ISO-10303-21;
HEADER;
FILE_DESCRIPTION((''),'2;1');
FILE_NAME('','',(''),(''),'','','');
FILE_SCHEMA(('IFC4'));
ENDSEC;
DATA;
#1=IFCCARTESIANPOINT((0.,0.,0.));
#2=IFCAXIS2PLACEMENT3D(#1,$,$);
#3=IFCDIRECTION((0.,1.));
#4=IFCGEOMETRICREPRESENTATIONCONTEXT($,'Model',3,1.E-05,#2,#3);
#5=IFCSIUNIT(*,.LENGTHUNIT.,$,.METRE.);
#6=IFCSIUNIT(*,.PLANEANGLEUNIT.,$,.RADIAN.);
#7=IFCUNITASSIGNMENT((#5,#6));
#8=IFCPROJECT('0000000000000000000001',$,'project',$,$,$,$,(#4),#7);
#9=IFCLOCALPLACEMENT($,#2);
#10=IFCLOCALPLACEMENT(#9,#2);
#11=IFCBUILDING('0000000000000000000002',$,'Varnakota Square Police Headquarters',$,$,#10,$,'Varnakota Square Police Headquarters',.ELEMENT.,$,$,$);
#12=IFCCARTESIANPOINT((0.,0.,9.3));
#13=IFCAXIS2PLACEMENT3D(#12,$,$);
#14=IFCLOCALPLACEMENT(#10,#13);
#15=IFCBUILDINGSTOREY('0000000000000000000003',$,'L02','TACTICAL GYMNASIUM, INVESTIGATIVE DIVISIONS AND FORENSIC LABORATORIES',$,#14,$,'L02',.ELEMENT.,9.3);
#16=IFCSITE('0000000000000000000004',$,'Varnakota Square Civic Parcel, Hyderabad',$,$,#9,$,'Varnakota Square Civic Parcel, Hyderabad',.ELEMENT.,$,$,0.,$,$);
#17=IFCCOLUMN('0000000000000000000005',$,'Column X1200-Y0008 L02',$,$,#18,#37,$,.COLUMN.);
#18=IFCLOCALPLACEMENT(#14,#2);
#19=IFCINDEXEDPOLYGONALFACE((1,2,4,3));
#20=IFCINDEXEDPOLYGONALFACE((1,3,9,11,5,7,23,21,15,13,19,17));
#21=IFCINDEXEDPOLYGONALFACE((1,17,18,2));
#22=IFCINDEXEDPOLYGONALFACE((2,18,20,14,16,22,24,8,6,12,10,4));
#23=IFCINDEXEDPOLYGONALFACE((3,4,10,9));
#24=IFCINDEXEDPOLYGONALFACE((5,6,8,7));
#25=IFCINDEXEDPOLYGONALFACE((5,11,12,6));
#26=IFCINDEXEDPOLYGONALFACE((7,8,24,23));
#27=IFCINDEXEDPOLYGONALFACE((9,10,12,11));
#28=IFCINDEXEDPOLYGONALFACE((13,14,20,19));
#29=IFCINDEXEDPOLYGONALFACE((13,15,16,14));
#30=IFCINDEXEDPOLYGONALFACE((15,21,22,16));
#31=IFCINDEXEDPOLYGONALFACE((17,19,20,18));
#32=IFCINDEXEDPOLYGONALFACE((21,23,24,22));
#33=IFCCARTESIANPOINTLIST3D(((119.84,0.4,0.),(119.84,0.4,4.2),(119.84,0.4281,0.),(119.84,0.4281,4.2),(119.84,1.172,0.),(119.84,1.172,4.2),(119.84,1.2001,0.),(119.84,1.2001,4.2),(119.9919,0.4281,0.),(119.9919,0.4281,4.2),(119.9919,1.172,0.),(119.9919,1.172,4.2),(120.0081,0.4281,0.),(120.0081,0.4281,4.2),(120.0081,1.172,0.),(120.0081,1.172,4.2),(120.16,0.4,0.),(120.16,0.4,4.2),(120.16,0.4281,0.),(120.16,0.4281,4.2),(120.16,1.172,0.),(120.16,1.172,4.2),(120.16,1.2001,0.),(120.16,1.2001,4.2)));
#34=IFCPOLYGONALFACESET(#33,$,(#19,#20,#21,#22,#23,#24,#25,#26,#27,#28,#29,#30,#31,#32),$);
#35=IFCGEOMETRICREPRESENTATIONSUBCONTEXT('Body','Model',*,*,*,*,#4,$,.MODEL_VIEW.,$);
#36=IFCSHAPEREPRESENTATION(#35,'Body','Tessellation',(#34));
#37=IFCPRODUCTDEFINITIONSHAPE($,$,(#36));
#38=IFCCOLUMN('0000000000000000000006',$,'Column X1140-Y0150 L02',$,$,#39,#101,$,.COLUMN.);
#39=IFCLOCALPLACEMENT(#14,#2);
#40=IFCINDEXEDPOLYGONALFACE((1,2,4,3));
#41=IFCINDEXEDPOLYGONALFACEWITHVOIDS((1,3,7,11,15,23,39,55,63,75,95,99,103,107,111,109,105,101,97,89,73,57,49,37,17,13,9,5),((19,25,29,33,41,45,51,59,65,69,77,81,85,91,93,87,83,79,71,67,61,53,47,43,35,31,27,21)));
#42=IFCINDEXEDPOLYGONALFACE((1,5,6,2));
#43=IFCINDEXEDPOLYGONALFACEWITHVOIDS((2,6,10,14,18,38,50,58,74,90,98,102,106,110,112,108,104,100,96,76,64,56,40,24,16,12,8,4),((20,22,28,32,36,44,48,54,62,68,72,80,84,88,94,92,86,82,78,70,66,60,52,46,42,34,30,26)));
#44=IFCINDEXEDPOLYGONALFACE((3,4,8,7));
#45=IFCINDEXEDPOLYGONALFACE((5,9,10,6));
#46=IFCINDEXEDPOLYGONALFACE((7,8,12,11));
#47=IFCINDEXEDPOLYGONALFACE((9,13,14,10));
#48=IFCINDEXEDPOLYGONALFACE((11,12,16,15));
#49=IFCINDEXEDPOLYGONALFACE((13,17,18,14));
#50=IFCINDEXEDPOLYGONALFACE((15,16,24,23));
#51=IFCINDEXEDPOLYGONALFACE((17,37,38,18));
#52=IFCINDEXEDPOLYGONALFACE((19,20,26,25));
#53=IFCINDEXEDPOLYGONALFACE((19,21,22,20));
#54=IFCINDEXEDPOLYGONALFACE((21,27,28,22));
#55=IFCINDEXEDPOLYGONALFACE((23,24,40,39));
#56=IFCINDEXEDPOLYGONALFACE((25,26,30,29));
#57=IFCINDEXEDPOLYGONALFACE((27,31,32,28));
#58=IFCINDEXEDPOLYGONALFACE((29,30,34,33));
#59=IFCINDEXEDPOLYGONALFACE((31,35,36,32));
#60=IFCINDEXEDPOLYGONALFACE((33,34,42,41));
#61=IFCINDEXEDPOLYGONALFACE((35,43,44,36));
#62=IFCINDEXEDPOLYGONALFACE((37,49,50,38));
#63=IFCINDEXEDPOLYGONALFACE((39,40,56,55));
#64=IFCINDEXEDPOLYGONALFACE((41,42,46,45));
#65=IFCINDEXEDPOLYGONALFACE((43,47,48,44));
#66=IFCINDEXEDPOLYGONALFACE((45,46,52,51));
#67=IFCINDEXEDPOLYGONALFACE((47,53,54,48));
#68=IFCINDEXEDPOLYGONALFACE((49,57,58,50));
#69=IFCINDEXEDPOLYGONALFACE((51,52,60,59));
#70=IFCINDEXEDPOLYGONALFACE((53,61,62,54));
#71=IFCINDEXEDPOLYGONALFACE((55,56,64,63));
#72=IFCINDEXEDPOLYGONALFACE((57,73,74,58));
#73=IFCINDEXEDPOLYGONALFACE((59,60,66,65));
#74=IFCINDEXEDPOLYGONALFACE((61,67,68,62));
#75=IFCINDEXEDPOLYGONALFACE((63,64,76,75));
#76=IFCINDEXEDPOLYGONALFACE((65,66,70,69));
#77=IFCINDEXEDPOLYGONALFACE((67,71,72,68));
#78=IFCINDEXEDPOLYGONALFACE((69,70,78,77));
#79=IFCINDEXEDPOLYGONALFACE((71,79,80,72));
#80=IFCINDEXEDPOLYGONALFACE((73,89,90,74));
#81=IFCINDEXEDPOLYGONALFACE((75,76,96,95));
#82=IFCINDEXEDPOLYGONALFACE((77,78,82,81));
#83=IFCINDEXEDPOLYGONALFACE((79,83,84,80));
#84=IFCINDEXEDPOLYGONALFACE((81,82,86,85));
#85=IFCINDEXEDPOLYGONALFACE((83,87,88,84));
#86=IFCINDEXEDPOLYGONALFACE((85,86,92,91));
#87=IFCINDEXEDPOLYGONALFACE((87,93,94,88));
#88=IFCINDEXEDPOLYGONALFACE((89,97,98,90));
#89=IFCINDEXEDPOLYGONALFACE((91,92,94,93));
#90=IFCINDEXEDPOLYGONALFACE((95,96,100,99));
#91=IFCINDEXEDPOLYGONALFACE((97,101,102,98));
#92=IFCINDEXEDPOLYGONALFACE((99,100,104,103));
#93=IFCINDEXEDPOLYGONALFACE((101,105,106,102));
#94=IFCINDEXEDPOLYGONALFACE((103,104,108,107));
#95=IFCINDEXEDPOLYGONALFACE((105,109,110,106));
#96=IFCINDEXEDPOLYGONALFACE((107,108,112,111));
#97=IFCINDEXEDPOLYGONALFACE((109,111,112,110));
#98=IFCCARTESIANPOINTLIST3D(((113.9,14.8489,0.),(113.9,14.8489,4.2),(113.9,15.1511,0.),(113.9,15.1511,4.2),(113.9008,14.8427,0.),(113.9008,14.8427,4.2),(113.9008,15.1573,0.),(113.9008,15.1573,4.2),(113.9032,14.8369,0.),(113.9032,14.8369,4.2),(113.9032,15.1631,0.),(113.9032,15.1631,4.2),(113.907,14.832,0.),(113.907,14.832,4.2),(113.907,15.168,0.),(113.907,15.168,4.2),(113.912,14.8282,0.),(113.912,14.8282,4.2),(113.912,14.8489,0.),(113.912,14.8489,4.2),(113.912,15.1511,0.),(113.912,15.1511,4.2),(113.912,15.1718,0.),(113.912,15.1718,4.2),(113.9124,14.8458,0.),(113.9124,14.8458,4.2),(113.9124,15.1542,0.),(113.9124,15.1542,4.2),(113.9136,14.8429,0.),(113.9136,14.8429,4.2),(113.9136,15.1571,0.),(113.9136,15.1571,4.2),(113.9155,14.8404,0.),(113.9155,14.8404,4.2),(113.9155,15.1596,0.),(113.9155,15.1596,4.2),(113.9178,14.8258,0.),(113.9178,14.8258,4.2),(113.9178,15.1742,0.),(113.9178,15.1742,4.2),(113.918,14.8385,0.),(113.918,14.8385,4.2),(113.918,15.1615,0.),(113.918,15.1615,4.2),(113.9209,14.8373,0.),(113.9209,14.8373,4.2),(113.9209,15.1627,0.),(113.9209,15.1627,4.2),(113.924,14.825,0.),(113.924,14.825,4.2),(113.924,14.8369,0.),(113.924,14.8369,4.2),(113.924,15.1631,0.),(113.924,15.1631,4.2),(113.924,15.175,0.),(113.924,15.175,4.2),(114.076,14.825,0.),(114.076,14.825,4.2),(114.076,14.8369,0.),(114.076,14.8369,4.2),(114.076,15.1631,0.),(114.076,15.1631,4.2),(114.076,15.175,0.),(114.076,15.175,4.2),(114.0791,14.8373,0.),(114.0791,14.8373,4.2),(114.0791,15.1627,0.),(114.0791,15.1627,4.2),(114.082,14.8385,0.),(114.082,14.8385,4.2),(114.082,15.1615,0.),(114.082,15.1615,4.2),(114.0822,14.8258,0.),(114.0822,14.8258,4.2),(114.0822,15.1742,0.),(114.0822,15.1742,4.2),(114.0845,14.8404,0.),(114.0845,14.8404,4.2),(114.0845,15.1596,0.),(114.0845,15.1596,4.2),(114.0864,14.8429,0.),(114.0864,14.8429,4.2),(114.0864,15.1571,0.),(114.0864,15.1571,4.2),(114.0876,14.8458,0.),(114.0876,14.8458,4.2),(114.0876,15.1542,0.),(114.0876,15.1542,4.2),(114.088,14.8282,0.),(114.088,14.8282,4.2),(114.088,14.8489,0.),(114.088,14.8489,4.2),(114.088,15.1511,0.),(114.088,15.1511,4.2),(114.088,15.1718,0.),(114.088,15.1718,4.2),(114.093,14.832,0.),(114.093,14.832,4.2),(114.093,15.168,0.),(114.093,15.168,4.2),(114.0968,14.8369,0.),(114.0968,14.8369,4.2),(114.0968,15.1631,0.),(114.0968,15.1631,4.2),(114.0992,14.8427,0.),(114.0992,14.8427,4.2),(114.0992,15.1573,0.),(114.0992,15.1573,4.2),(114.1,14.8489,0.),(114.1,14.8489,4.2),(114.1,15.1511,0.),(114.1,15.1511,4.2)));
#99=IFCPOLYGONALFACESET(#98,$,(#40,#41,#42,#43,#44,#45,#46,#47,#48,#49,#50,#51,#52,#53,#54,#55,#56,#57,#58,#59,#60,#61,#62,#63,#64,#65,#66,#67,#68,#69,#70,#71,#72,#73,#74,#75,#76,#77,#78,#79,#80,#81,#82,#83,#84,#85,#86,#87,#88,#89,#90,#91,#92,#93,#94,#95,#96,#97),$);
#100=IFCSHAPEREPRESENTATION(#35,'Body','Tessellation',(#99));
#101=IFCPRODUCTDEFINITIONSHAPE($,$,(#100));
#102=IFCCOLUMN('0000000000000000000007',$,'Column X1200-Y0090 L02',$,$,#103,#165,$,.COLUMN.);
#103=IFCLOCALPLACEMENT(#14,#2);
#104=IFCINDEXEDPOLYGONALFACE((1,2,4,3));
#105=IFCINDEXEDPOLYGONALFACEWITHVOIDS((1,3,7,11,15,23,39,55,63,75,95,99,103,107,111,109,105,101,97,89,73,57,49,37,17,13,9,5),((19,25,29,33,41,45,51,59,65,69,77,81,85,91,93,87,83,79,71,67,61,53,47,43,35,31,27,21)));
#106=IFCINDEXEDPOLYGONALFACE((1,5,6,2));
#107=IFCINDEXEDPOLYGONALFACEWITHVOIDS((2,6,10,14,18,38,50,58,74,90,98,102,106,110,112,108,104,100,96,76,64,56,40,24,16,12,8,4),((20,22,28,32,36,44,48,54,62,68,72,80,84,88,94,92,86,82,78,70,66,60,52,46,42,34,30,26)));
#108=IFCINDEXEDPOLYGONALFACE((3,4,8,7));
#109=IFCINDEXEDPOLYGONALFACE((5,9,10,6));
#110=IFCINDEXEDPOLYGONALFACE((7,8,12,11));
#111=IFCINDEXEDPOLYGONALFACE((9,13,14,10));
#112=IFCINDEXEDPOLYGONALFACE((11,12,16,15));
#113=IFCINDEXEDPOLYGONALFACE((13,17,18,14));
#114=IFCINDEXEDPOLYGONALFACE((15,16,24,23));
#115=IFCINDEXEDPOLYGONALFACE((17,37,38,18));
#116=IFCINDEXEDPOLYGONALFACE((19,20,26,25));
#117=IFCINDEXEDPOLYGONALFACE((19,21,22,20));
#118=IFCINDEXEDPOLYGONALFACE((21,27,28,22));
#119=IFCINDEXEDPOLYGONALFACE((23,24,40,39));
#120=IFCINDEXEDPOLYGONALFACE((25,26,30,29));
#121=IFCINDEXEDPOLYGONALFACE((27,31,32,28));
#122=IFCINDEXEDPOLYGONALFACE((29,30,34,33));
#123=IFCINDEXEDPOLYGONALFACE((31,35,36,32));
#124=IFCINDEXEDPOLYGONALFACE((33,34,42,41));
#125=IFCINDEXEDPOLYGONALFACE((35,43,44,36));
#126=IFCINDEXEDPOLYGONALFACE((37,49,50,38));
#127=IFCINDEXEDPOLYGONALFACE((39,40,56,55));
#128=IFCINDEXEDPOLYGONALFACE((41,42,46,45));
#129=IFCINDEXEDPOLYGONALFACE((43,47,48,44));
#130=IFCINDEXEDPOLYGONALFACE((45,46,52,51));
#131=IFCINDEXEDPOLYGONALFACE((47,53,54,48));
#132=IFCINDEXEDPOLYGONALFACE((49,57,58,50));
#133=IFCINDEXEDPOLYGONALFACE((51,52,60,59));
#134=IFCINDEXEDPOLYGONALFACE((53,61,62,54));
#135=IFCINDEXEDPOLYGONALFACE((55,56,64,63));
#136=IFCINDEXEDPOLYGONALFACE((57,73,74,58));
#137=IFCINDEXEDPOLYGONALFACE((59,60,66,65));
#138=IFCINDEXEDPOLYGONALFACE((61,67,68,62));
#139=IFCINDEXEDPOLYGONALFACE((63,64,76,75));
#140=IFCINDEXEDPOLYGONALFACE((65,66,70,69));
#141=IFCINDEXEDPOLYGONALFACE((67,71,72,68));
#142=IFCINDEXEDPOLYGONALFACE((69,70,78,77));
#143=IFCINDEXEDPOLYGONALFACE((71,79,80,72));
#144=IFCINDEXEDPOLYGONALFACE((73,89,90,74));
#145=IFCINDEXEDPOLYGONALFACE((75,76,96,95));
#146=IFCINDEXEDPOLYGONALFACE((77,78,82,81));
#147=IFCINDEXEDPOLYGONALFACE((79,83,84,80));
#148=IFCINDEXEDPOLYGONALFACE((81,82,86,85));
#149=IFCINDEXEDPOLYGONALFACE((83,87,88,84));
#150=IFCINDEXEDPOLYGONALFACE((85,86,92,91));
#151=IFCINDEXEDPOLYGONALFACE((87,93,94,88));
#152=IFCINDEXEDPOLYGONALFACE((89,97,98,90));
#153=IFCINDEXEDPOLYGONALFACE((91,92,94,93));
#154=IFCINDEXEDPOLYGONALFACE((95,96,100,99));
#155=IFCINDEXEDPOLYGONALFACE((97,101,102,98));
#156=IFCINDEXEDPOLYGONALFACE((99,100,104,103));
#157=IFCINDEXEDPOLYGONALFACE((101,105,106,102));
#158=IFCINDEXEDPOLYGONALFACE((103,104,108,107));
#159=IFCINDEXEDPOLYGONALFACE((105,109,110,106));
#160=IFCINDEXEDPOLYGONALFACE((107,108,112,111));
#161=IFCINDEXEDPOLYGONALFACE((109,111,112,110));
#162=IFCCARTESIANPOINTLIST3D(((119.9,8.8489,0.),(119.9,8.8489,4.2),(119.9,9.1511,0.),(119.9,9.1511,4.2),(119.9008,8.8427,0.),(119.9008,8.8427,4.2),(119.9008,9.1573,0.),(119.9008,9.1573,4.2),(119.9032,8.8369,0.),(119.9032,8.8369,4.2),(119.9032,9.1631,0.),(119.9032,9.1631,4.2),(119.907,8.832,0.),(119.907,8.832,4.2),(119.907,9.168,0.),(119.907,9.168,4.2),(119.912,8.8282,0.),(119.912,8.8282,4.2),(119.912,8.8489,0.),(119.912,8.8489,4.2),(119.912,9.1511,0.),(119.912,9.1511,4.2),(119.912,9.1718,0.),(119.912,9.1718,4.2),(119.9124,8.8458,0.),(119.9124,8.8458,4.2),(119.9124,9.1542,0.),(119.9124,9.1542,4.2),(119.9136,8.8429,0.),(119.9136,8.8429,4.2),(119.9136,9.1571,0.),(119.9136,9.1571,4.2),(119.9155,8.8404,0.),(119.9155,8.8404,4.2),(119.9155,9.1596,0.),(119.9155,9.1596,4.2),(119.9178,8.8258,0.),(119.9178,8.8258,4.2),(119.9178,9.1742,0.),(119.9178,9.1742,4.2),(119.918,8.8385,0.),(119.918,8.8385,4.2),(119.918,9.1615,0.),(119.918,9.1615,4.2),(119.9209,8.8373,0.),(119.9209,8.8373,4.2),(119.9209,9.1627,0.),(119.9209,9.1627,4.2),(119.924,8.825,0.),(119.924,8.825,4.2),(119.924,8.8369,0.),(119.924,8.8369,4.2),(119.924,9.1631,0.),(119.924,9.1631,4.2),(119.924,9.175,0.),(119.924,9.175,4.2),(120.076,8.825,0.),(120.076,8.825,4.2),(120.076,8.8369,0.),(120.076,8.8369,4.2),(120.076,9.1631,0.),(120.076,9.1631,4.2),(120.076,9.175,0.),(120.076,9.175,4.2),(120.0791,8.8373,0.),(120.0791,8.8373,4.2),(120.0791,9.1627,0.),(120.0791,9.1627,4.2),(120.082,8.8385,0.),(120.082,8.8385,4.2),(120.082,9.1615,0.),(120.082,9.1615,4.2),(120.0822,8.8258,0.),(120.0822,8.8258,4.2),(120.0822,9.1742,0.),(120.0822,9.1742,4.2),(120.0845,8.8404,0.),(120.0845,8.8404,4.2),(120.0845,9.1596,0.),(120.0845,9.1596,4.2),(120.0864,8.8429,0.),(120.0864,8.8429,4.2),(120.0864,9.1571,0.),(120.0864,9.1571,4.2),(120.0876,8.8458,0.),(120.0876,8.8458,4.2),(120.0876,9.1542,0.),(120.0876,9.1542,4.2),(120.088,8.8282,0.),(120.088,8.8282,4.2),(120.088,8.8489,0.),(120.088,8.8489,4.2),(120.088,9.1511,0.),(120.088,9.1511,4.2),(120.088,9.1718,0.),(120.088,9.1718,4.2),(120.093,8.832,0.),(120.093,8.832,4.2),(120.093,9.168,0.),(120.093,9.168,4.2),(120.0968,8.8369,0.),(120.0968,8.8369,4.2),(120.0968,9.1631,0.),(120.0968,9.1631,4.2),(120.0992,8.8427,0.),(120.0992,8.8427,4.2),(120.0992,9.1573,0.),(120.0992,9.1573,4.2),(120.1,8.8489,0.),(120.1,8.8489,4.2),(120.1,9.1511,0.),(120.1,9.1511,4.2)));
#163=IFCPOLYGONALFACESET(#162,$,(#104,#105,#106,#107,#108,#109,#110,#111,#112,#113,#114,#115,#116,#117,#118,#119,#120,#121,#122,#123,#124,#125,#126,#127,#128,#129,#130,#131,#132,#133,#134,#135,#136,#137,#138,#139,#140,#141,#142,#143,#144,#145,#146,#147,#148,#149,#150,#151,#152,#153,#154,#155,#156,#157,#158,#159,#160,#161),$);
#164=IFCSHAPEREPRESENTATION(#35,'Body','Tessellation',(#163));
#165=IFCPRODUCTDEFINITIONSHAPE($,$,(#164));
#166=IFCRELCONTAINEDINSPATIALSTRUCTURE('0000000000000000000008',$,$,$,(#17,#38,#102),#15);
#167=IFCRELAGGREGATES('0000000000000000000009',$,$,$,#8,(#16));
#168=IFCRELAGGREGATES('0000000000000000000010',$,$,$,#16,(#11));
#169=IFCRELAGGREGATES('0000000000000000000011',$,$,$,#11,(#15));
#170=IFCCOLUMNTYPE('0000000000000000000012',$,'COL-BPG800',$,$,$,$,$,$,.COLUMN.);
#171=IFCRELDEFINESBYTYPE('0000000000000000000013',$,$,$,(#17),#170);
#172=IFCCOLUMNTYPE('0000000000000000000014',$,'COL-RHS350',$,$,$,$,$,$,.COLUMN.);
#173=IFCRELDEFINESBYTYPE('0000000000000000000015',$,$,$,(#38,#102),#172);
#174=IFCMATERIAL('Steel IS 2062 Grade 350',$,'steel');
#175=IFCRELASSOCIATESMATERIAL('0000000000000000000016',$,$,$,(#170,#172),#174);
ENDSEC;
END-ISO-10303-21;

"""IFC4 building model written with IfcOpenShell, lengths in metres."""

from ifc_helpers import new_model, si_unit, direction, frame, origin, origin_2d, place, context, subcontext, project, spatial, hollow_rectangle, i_section, extrude, material, material_profile, profile_set, type_object, element, save


model = new_model("IFC4")

# Units and contexts
model_context = context("Model", 3, precision=1e-05, world=origin(), true_north=direction((0.0, 1.0)))
body_context = subcontext(model_context, "Body", "Model", "MODEL_VIEW")
ifc_project = project(units=[si_unit("LENGTHUNIT", "METRE"), si_unit("PLANEANGLEUNIT", "RADIAN")], contexts=[model_context])

# Site, building, storey
site_placement = place(None, origin())
site = spatial("IfcSite", under=ifc_project, at=site_placement, Name="Varnakota Square Civic Parcel, Hyderabad", LongName="Varnakota Square Civic Parcel, Hyderabad", CompositionType="ELEMENT", RefElevation=0.0)
building_placement = place(site_placement, origin())
building = spatial("IfcBuilding", under=site, at=building_placement, Name="Varnakota Square Police Headquarters", LongName="Varnakota Square Police Headquarters", CompositionType="ELEMENT")
storey_placement = place(building_placement, frame((0.0, 0.0, 9.3)))
storey = spatial("IfcBuildingStorey", under=building, at=storey_placement, Name="L02", Description="TACTICAL GYMNASIUM, INVESTIGATIVE DIVISIONS AND FORENSIC LABORATORIES", LongName="L02", CompositionType="ELEMENT", Elevation=9.3)

# Columns
ifc_material_1 = material(Name="Steel IS 2062 Grade 350", Category="steel")
ifc_material_profile_1 = material_profile(ifc_material_1, i_section(OverallWidth=0.3201, OverallDepth=0.8, WebThickness=0.0161, FlangeThickness=0.0281, at=origin_2d()), Name="BPG 800x320")
ifc_profile_set_1 = profile_set([ifc_material_profile_1], Name="Steel IS 2062 Grade 350")
column_type_1 = type_object("IfcColumnType", Name="COL-BPG800", PredefinedType="COLUMN", material=ifc_profile_set_1)
column_placement = place(storey_placement, frame((120.0, 0.8, 0.0), z_axis=(0.0, 0.0, 1.0), x_axis=(1.0, 0.0, 0.0)))
element("IfcColumn", 1, at=column_placement, inside=storey, type_object=column_type_1, Name="Column X1200-Y0008 L02", PredefinedType="COLUMN", context=body_context, shape_type="SweptSolid", body=[
    extrude(i_section(OverallWidth=0.3201, OverallDepth=0.8, WebThickness=0.0161, FlangeThickness=0.0281, at=origin_2d()), origin(), (0.0, 0.0, 1.0), 4.2),
])
ifc_material_profile_2 = material_profile(ifc_material_1, hollow_rectangle(XDim=0.2, YDim=0.3501, WallThickness=0.012, InnerFilletRadius=0.012, OuterFilletRadius=0.0239, at=origin_2d()), Name="RHS 350x200x12")
ifc_profile_set_2 = profile_set([ifc_material_profile_2], Name="Steel IS 2062 Grade 350")
column_type_2 = type_object("IfcColumnType", Name="COL-RHS350", PredefinedType="COLUMN", material=ifc_profile_set_2)
for number, where, z_axis, x_axis, name in (
    (2, (114.0, 15.0, 0.0), (0.0, 0.0, 1.0), (1.0, 0.0, 0.0), "Column X1140-Y0150 L02"),
    (3, (120.0, 9.0, 0.0), (0.0, 0.0, 1.0), (1.0, 0.0, 0.0), "Column X1200-Y0090 L02"),
):
    element("IfcColumn", number, at=place(storey_placement, frame(where, z_axis=z_axis, x_axis=x_axis)), inside=storey, type_object=column_type_2, Name=name, PredefinedType="COLUMN", context=body_context, shape_type="SweptSolid", body=[
        extrude(hollow_rectangle(XDim=0.2, YDim=0.3501, WallThickness=0.012, InnerFilletRadius=0.012, OuterFilletRadius=0.0239, at=origin_2d()), origin(), (0.0, 0.0, 1.0), 4.2),
    ])

save(model, "model.ifc")
